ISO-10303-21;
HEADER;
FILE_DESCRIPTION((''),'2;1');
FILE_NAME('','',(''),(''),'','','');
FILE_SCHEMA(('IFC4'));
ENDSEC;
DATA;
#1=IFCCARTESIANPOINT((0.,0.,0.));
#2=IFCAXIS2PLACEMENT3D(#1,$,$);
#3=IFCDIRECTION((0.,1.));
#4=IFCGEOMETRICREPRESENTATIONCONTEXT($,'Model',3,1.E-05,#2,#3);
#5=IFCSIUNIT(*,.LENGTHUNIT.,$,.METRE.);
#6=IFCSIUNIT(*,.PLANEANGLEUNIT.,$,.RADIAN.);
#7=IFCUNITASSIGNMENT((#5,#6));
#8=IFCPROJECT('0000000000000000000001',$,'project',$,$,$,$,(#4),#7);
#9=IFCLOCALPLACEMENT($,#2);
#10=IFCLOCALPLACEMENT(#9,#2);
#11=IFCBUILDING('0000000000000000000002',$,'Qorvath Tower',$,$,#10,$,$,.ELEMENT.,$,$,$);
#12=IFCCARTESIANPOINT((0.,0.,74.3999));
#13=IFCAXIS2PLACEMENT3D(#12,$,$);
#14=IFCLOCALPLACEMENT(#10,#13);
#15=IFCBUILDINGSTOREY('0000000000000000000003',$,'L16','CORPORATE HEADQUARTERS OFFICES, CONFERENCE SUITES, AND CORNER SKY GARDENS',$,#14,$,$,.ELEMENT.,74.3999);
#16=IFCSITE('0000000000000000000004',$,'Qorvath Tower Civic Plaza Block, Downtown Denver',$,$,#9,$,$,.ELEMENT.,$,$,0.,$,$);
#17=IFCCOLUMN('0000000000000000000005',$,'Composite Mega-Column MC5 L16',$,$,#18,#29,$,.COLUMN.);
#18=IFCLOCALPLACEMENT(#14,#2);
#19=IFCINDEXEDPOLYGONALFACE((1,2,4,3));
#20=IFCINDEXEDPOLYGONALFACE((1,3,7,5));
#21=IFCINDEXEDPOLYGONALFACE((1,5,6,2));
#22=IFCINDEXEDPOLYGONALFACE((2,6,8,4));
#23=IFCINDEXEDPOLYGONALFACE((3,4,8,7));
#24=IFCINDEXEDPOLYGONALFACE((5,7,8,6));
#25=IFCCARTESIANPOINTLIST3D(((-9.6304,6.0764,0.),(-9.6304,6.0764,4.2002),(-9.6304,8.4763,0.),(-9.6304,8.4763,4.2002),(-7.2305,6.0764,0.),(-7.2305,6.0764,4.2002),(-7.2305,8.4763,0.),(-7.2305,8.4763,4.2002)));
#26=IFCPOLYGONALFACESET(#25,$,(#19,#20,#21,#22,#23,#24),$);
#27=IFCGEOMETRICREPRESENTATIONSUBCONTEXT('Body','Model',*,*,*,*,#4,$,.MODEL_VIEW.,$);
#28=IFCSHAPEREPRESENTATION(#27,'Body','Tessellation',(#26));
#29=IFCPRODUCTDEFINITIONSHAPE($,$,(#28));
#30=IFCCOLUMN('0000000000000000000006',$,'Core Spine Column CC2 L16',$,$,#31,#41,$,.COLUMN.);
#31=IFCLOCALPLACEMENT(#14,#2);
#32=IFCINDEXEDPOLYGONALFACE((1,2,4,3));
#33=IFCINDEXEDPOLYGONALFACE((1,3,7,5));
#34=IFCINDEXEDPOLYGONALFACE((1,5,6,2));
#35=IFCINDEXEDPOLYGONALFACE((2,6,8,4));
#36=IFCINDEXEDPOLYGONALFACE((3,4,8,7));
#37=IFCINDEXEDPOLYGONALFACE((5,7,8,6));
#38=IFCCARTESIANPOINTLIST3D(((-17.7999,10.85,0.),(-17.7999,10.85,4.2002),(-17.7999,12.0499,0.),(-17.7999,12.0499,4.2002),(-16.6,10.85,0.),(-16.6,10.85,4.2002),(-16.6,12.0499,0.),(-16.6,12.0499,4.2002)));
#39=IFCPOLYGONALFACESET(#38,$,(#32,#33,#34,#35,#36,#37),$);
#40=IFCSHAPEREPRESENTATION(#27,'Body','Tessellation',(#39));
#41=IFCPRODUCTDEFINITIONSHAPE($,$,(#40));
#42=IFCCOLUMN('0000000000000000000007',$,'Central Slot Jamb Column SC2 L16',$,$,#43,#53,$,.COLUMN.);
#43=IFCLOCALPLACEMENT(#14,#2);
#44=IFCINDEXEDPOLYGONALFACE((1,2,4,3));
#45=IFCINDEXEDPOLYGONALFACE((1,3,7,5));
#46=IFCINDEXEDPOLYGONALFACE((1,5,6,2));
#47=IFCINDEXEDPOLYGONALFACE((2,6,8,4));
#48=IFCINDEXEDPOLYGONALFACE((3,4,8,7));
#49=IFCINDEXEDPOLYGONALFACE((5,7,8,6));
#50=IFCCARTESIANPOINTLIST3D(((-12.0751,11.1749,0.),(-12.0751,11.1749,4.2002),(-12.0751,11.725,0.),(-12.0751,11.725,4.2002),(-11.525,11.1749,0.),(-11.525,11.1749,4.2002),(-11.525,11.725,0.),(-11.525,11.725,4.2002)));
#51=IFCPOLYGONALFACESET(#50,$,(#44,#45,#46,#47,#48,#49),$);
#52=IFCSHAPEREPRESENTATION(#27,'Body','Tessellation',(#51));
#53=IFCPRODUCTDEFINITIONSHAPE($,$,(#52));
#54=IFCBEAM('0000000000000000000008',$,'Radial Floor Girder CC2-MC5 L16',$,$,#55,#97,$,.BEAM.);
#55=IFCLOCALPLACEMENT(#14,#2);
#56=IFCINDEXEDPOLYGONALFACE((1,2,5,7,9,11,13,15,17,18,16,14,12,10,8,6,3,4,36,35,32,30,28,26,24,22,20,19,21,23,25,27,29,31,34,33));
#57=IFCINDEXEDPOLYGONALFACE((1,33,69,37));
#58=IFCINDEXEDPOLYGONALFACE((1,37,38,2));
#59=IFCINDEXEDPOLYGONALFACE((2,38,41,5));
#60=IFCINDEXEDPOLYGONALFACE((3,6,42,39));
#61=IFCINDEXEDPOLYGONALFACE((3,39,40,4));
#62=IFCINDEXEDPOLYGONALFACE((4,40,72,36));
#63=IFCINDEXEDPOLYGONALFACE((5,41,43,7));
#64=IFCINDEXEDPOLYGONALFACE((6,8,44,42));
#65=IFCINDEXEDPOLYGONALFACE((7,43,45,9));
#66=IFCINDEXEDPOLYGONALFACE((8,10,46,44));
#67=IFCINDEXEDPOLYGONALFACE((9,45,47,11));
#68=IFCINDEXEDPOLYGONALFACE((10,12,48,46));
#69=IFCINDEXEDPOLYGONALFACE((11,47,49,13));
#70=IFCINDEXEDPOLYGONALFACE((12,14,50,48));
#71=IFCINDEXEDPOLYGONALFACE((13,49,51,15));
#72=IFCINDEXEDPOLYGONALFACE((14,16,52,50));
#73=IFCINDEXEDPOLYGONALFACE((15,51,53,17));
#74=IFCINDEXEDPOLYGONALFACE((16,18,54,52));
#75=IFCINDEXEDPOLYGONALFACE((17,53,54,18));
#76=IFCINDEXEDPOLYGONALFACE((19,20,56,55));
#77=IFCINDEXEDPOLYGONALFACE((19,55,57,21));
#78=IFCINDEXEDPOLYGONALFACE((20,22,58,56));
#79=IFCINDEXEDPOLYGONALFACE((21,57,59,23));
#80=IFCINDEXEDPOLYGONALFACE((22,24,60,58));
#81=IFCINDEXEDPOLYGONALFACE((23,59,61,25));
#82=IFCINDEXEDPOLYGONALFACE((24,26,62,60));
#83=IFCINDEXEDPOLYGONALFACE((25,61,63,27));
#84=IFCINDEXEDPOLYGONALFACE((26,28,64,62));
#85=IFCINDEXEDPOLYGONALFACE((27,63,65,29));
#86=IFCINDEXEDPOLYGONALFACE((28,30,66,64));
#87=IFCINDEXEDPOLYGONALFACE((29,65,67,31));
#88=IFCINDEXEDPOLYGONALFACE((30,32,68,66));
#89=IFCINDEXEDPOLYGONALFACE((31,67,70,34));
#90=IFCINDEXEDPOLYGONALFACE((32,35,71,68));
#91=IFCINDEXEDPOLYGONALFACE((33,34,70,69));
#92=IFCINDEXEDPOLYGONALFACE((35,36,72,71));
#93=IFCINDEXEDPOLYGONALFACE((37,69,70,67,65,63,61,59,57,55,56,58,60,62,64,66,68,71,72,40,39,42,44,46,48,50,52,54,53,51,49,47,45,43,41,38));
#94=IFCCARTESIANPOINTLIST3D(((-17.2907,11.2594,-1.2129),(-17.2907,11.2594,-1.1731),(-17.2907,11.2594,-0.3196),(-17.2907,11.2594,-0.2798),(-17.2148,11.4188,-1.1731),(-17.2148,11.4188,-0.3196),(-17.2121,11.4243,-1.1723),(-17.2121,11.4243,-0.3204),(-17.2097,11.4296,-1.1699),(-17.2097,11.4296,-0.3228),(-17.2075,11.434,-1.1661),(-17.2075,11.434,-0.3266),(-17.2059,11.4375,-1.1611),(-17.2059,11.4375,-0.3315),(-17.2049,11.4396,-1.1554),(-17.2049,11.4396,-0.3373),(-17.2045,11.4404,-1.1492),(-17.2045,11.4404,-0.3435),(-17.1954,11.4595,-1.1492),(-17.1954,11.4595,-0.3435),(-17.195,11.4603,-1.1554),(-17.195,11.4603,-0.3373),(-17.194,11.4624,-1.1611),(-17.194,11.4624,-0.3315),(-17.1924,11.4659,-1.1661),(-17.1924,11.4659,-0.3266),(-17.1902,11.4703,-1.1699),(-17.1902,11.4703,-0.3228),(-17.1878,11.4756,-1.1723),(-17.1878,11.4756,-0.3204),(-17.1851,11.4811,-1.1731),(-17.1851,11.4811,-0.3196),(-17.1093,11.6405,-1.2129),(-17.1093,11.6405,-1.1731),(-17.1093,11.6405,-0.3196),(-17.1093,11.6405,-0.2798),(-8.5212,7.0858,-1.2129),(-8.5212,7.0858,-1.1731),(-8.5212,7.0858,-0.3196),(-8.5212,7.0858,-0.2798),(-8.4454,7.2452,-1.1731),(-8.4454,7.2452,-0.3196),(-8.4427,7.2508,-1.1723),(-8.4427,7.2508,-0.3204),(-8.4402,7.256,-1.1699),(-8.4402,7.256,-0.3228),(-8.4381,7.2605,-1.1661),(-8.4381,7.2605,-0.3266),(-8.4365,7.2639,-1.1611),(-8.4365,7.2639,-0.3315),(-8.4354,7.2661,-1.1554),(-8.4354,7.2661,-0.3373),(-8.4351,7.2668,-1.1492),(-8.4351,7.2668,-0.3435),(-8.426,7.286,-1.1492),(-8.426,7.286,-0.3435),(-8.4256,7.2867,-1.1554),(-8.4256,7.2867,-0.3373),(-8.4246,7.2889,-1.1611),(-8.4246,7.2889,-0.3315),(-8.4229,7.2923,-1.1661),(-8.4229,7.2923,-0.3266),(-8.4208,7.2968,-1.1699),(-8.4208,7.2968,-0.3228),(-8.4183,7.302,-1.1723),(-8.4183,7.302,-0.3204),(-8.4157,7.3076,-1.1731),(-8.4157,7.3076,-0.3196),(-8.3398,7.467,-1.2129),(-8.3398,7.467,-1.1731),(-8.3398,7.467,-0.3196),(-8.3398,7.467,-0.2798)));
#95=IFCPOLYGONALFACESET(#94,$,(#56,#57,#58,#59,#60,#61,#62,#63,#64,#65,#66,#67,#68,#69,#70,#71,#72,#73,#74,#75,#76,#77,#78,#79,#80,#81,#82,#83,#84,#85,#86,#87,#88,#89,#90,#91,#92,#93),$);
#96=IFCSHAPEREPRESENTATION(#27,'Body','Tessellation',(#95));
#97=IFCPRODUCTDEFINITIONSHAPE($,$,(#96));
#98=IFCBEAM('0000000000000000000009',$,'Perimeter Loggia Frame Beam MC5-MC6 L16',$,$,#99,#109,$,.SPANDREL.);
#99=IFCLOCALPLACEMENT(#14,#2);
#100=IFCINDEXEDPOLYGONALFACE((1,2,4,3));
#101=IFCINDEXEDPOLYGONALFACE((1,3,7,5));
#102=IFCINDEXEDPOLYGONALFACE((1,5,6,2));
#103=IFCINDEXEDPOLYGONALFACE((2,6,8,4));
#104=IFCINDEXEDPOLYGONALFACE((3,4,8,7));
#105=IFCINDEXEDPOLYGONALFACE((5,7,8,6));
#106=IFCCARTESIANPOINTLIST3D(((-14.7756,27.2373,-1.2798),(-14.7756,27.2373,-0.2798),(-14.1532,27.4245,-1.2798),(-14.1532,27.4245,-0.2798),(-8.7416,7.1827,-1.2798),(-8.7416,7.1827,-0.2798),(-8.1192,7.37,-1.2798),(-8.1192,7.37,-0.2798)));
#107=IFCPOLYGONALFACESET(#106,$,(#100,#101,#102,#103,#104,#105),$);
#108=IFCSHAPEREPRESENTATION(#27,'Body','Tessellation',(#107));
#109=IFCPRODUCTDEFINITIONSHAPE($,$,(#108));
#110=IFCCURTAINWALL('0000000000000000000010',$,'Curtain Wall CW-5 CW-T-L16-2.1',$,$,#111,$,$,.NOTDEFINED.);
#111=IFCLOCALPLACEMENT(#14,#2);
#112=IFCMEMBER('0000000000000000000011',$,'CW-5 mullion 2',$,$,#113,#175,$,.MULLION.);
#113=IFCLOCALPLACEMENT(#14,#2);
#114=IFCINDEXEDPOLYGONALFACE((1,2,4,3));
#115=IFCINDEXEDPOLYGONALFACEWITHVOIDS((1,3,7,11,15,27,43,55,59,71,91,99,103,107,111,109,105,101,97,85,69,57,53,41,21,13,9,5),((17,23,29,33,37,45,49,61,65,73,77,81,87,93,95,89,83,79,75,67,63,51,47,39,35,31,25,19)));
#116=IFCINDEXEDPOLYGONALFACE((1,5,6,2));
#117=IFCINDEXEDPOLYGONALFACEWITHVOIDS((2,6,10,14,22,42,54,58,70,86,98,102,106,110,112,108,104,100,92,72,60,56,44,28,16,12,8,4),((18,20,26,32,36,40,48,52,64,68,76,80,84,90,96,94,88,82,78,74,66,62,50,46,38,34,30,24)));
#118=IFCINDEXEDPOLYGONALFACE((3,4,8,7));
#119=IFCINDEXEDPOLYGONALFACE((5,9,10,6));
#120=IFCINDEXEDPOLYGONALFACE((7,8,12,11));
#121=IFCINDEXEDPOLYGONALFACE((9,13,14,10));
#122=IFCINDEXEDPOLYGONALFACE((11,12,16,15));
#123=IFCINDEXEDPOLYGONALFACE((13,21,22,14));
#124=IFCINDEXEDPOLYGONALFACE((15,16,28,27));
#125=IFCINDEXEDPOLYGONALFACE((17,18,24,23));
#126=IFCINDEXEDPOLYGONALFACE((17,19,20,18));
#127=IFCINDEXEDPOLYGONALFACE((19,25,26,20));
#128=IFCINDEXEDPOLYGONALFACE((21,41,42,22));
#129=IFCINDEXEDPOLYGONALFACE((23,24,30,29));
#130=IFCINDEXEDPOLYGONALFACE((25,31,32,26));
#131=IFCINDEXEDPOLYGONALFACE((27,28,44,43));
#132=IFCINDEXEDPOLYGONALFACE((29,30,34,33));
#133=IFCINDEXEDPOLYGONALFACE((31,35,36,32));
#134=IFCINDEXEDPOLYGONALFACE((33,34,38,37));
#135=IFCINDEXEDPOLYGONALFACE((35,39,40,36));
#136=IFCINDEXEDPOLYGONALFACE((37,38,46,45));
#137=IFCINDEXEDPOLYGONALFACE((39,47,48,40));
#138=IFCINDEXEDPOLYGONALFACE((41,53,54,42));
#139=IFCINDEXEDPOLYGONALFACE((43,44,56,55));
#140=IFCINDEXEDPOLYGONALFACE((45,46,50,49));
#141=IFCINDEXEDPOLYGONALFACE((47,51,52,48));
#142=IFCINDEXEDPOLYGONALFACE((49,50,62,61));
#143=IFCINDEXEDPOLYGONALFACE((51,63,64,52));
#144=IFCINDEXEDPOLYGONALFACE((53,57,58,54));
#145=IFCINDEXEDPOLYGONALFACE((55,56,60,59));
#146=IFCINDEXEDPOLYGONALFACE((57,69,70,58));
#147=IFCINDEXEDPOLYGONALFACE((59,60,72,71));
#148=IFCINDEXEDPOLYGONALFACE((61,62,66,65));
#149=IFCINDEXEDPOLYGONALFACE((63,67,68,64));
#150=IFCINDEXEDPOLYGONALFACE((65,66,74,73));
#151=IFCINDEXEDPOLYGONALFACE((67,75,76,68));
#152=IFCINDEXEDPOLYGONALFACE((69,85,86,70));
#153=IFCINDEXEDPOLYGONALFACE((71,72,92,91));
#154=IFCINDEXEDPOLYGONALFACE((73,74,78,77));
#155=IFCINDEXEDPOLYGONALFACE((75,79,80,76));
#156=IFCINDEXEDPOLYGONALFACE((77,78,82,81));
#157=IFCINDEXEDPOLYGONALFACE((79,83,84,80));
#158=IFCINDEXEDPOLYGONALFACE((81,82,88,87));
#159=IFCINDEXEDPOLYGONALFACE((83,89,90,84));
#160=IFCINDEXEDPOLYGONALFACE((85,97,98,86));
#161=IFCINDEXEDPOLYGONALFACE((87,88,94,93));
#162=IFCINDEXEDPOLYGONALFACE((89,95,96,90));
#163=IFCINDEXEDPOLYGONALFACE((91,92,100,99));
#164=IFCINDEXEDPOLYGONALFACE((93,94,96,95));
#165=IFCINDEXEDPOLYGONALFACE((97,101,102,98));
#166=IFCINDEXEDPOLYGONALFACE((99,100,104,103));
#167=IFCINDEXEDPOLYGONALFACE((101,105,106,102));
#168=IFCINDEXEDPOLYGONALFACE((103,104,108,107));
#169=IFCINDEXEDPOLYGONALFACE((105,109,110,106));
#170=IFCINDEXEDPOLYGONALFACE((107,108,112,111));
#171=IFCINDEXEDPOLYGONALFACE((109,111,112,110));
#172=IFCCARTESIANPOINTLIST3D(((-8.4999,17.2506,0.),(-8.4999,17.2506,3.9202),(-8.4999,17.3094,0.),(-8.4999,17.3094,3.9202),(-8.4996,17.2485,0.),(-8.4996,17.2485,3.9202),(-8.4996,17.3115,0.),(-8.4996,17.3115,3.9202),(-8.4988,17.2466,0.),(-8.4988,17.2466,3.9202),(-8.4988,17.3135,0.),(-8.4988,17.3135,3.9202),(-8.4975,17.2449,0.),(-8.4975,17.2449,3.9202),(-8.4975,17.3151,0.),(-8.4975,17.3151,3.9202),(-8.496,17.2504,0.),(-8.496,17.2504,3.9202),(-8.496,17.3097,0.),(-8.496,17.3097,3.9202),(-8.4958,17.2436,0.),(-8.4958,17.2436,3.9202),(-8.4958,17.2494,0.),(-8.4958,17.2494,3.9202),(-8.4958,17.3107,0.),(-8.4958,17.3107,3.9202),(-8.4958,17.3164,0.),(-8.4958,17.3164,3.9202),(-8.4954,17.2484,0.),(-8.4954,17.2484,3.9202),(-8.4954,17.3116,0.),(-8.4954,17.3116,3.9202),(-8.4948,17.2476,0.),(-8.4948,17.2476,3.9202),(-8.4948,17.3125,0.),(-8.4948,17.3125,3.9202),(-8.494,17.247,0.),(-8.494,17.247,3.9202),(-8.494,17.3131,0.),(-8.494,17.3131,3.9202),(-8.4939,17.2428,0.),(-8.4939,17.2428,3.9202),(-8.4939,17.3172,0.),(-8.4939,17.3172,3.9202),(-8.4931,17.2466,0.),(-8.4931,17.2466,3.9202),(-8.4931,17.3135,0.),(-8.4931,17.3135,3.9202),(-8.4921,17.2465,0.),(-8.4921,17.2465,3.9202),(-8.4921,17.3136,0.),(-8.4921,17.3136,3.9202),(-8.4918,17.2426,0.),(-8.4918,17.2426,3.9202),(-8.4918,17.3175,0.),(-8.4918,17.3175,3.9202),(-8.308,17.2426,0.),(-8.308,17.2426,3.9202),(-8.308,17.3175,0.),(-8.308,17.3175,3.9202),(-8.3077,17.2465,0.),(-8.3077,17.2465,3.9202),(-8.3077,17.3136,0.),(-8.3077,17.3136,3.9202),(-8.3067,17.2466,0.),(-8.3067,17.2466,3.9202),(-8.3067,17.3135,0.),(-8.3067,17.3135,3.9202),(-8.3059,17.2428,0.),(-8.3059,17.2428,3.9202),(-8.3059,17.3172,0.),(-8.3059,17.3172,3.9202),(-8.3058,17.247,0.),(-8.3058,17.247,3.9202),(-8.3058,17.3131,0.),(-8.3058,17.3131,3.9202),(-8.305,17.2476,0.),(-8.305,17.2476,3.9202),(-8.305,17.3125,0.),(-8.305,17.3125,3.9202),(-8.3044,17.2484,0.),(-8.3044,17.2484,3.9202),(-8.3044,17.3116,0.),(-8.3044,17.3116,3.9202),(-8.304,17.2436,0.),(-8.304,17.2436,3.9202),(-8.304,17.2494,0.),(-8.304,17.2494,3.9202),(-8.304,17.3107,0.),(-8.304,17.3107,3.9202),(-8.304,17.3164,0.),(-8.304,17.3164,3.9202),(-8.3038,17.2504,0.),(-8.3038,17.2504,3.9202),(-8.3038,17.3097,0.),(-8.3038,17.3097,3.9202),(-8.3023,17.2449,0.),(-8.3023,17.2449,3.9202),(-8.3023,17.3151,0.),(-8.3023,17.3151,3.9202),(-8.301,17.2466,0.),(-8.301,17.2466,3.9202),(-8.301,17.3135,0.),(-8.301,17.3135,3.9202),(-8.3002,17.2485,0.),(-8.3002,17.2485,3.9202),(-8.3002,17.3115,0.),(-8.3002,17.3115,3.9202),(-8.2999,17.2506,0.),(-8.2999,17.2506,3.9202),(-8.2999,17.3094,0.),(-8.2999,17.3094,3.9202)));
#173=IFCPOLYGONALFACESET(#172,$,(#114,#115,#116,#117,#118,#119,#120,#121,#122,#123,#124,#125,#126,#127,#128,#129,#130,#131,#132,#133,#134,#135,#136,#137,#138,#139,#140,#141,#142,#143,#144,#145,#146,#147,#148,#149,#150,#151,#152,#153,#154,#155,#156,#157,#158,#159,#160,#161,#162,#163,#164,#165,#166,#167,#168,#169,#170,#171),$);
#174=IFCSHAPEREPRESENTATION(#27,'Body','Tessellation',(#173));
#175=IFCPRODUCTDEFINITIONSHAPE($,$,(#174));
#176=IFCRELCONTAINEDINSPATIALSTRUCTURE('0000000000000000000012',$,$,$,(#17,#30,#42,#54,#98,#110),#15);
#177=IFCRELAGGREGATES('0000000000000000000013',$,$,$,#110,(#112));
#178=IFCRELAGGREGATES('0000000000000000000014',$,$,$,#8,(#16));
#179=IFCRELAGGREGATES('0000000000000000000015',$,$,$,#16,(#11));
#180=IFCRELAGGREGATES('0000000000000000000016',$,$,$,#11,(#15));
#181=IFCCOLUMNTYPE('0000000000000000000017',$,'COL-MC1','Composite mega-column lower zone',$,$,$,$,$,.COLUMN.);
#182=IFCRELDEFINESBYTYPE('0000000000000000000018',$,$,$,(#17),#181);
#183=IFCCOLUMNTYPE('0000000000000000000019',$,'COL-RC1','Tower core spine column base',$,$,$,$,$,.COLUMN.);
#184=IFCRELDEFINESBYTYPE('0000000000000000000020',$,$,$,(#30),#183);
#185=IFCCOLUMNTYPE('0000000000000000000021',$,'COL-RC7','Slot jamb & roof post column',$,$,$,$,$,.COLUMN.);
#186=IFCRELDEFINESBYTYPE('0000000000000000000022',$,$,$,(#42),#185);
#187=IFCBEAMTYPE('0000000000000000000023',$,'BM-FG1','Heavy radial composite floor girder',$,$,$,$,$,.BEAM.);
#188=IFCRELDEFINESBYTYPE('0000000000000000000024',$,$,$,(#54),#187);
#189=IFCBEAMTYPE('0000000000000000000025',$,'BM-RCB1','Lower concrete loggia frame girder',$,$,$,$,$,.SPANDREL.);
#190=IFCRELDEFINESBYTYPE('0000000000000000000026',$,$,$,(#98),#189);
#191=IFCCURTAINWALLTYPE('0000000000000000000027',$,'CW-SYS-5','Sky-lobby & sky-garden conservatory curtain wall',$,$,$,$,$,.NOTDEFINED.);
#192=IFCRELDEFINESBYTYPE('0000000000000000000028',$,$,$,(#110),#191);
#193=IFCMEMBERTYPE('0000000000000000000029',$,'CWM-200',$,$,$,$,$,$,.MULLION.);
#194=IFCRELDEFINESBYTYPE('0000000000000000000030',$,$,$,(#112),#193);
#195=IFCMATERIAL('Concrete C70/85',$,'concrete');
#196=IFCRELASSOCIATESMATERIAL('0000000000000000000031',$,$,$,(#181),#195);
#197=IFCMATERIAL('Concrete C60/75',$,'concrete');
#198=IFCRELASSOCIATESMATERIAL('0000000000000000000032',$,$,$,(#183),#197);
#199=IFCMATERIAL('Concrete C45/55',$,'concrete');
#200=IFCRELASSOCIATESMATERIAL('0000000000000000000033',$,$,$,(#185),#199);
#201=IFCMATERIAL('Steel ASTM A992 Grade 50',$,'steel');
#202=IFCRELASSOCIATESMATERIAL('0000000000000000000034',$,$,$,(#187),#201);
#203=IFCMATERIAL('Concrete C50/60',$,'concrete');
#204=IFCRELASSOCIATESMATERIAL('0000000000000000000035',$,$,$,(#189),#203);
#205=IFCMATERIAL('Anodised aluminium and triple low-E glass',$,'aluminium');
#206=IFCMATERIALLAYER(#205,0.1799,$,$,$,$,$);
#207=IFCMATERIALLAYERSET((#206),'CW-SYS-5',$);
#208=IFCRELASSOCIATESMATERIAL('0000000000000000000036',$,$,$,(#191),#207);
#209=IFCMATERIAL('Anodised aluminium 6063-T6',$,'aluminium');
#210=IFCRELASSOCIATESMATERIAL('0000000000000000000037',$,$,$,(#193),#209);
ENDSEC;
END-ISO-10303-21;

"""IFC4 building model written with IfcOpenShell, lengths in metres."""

from ifc_helpers import new_model, si_unit, direction, frame, origin, origin_2d, place, context, subcontext, project, spatial, rectangle, hollow_rectangle, i_section, extrude, material, layer, layer_set, material_profile, profile_set, type_object, element, aggregate, save


model = new_model("IFC4")

# Units and contexts
model_context = context("Model", 3, precision=1e-05, world=origin(), true_north=direction((0.0, 1.0)))
body_context = subcontext(model_context, "Body", "Model", "MODEL_VIEW")
ifc_project = project(units=[si_unit("LENGTHUNIT", "METRE"), si_unit("PLANEANGLEUNIT", "RADIAN")], contexts=[model_context])

# Site, building, storey
site_placement = place(None, origin())
site = spatial("IfcSite", under=ifc_project, at=site_placement, Name="Qorvath Tower Civic Plaza Block, Downtown Denver", CompositionType="ELEMENT", RefElevation=0.0)
building_placement = place(site_placement, origin())
building = spatial("IfcBuilding", under=site, at=building_placement, Name="Qorvath Tower", CompositionType="ELEMENT")
storey_placement = place(building_placement, frame((0.0, 0.0, 74.3999)))
storey = spatial("IfcBuildingStorey", under=building, at=storey_placement, Name="L16", Description="CORPORATE HEADQUARTERS OFFICES, CONFERENCE SUITES, AND CORNER SKY GARDENS", CompositionType="ELEMENT", Elevation=74.3999)

# Columns
ifc_material_1 = material(Name="Concrete C70/85", Category="concrete")
ifc_material_profile_1 = material_profile(ifc_material_1, rectangle(XDim=2.3999, YDim=2.3999, at=origin_2d()), Name="MC 2400x2400")
ifc_profile_set_1 = profile_set([ifc_material_profile_1], Name="Concrete C70/85")
column_type_1 = type_object("IfcColumnType", Name="COL-MC1", Description="Composite mega-column lower zone", PredefinedType="COLUMN", material=ifc_profile_set_1)
column_1_placement = place(storey_placement, frame((-8.4304, 7.2764, 0.0), z_axis=(0.0, 0.0, 1.0), x_axis=(1.0, 0.0, 0.0)))
element("IfcColumn", 1, at=column_1_placement, inside=storey, type_object=column_type_1, Name="Composite Mega-Column MC5 L16", PredefinedType="COLUMN", context=body_context, shape_type="SweptSolid", body=[
    extrude(rectangle(XDim=2.3999, YDim=2.3999, at=origin_2d()), origin(), (0.0, 0.0, 1.0), 4.2002),
])
ifc_material_2 = material(Name="Concrete C60/75", Category="concrete")
ifc_material_profile_2 = material_profile(ifc_material_2, rectangle(XDim=1.2, YDim=1.2, at=origin_2d()), Name="RC 1200x1200")
ifc_profile_set_2 = profile_set([ifc_material_profile_2], Name="Concrete C60/75")
column_type_2 = type_object("IfcColumnType", Name="COL-RC1", Description="Tower core spine column base", PredefinedType="COLUMN", material=ifc_profile_set_2)
column_2_placement = place(storey_placement, frame((-17.2, 11.45, 0.0), z_axis=(0.0, 0.0, 1.0), x_axis=(1.0, 0.0, 0.0)))
element("IfcColumn", 2, at=column_2_placement, inside=storey, type_object=column_type_2, Name="Core Spine Column CC2 L16", PredefinedType="COLUMN", context=body_context, shape_type="SweptSolid", body=[
    extrude(rectangle(XDim=1.2, YDim=1.2, at=origin_2d()), origin(), (0.0, 0.0, 1.0), 4.2002),
])
ifc_material_3 = material(Name="Concrete C45/55", Category="concrete")
ifc_material_profile_3 = material_profile(ifc_material_3, rectangle(XDim=0.55, YDim=0.55, at=origin_2d()), Name="RC 550x550")
ifc_profile_set_3 = profile_set([ifc_material_profile_3], Name="Concrete C45/55")
column_type_3 = type_object("IfcColumnType", Name="COL-RC7", Description="Slot jamb & roof post column", PredefinedType="COLUMN", material=ifc_profile_set_3)
column_3_placement = place(storey_placement, frame((-11.8, 11.45, 0.0), z_axis=(0.0, 0.0, 1.0), x_axis=(1.0, 0.0, 0.0)))
element("IfcColumn", 3, at=column_3_placement, inside=storey, type_object=column_type_3, Name="Central Slot Jamb Column SC2 L16", PredefinedType="COLUMN", context=body_context, shape_type="SweptSolid", body=[
    extrude(rectangle(XDim=0.55, YDim=0.55, at=origin_2d()), origin(), (0.0, 0.0, 1.0), 4.2002),
])

# Beams
ifc_material_4 = material(Name="Steel ASTM A992 Grade 50", Category="steel")
ifc_material_profile_4 = material_profile(ifc_material_4, i_section(OverallWidth=0.4221, OverallDepth=0.9331, WebThickness=0.0212, FlangeThickness=0.0398, FilletRadius=0.0239, at=origin_2d()), Name="W36x262")
ifc_profile_set_4 = profile_set([ifc_material_profile_4], Name="Steel ASTM A992 Grade 50")
beam_type_1 = type_object("IfcBeamType", Name="BM-FG1", Description="Heavy radial composite floor girder", PredefinedType="BEAM", material=ifc_profile_set_4)
beam_1_placement = place(storey_placement, frame((-17.2, 11.45, -0.7463), z_axis=(0.902956, -0.429734, 0.0), x_axis=(0.429734, 0.902956, 0.0)))
element("IfcBeam", 4, at=beam_1_placement, inside=storey, type_object=beam_type_1, Name="Radial Floor Girder CC2-MC5 L16", PredefinedType="BEAM", context=body_context, shape_type="SweptSolid", body=[
    extrude(i_section(OverallWidth=0.4221, OverallDepth=0.9331, WebThickness=0.0212, FlangeThickness=0.0398, FilletRadius=0.0239, at=origin_2d()), origin(), (0.0, 0.0, 1.0), 9.7119),
])
ifc_material_5 = material(Name="Concrete C50/60", Category="concrete")
ifc_material_profile_5 = material_profile(ifc_material_5, rectangle(XDim=0.6499, YDim=1.0, at=origin_2d()), Name="RCB 1000x650")
ifc_profile_set_5 = profile_set([ifc_material_profile_5], Name="Concrete C50/60")
beam_type_2 = type_object("IfcBeamType", Name="BM-RCB1", Description="Lower concrete loggia frame girder", PredefinedType="SPANDREL", material=ifc_profile_set_5)
beam_2_placement = place(storey_placement, frame((-8.4304, 7.2764, -0.7798), z_axis=(-0.288119, 0.957595, 0.0), x_axis=(-0.957595, -0.288119, 0.0)))
element("IfcBeam", 5, at=beam_2_placement, inside=storey, type_object=beam_type_2, Name="Perimeter Loggia Frame Beam MC5-MC6 L16", PredefinedType="SPANDREL", context=body_context, shape_type="SweptSolid", body=[
    extrude(rectangle(XDim=0.6499, YDim=1.0, at=origin_2d()), origin(), (0.0, 0.0, 1.0), 20.9426),
])

# Curtain wall, member
ifc_material_6 = material(Name="Anodised aluminium and triple low-E glass", Category="aluminium")
ifc_layer_1 = layer(ifc_material_6, 0.1799)
ifc_layer_set_1 = layer_set([ifc_layer_1], Name="CW-SYS-5")
curtain_wall_type = type_object("IfcCurtainWallType", Name="CW-SYS-5", Description="Sky-lobby & sky-garden conservatory curtain wall", PredefinedType="NOTDEFINED", material=ifc_layer_set_1)
curtain_wall_1_placement = place(storey_placement, origin())
curtain_wall_1 = element("IfcCurtainWall", 6, at=curtain_wall_1_placement, inside=storey, type_object=curtain_wall_type, Name="Curtain Wall CW-5 CW-T-L16-2.1", PredefinedType="NOTDEFINED")
ifc_material_7 = material(Name="Anodised aluminium 6063-T6", Category="aluminium")
ifc_material_profile_6 = material_profile(ifc_material_7, hollow_rectangle(XDim=0.075, YDim=0.2, WallThickness=0.0039, InnerFilletRadius=0.0039, OuterFilletRadius=0.0081, at=origin_2d()), Name="CWM 200x75")
ifc_profile_set_6 = profile_set([ifc_material_profile_6], Name="Anodised aluminium 6063-T6")
member_type_1 = type_object("IfcMemberType", Name="CWM-200", PredefinedType="MULLION", material=ifc_profile_set_6)
member_1_placement = place(storey_placement, frame((-8.3999, 17.28, 0.0), z_axis=(0.0, 0.0, 1.0), x_axis=(0.0, -1.0, 0.0)))
member_1 = element("IfcMember", 7, at=member_1_placement, type_object=member_type_1, Name="CW-5 mullion 2", PredefinedType="MULLION", context=body_context, shape_type="SweptSolid", body=[
    extrude(hollow_rectangle(XDim=0.075, YDim=0.2, WallThickness=0.0039, InnerFilletRadius=0.0039, OuterFilletRadius=0.0081, at=origin_2d()), origin(), (0.0, 0.0, 1.0), 3.9202),
])

aggregate(curtain_wall_1, [member_1])

save(model, "model.ifc")
